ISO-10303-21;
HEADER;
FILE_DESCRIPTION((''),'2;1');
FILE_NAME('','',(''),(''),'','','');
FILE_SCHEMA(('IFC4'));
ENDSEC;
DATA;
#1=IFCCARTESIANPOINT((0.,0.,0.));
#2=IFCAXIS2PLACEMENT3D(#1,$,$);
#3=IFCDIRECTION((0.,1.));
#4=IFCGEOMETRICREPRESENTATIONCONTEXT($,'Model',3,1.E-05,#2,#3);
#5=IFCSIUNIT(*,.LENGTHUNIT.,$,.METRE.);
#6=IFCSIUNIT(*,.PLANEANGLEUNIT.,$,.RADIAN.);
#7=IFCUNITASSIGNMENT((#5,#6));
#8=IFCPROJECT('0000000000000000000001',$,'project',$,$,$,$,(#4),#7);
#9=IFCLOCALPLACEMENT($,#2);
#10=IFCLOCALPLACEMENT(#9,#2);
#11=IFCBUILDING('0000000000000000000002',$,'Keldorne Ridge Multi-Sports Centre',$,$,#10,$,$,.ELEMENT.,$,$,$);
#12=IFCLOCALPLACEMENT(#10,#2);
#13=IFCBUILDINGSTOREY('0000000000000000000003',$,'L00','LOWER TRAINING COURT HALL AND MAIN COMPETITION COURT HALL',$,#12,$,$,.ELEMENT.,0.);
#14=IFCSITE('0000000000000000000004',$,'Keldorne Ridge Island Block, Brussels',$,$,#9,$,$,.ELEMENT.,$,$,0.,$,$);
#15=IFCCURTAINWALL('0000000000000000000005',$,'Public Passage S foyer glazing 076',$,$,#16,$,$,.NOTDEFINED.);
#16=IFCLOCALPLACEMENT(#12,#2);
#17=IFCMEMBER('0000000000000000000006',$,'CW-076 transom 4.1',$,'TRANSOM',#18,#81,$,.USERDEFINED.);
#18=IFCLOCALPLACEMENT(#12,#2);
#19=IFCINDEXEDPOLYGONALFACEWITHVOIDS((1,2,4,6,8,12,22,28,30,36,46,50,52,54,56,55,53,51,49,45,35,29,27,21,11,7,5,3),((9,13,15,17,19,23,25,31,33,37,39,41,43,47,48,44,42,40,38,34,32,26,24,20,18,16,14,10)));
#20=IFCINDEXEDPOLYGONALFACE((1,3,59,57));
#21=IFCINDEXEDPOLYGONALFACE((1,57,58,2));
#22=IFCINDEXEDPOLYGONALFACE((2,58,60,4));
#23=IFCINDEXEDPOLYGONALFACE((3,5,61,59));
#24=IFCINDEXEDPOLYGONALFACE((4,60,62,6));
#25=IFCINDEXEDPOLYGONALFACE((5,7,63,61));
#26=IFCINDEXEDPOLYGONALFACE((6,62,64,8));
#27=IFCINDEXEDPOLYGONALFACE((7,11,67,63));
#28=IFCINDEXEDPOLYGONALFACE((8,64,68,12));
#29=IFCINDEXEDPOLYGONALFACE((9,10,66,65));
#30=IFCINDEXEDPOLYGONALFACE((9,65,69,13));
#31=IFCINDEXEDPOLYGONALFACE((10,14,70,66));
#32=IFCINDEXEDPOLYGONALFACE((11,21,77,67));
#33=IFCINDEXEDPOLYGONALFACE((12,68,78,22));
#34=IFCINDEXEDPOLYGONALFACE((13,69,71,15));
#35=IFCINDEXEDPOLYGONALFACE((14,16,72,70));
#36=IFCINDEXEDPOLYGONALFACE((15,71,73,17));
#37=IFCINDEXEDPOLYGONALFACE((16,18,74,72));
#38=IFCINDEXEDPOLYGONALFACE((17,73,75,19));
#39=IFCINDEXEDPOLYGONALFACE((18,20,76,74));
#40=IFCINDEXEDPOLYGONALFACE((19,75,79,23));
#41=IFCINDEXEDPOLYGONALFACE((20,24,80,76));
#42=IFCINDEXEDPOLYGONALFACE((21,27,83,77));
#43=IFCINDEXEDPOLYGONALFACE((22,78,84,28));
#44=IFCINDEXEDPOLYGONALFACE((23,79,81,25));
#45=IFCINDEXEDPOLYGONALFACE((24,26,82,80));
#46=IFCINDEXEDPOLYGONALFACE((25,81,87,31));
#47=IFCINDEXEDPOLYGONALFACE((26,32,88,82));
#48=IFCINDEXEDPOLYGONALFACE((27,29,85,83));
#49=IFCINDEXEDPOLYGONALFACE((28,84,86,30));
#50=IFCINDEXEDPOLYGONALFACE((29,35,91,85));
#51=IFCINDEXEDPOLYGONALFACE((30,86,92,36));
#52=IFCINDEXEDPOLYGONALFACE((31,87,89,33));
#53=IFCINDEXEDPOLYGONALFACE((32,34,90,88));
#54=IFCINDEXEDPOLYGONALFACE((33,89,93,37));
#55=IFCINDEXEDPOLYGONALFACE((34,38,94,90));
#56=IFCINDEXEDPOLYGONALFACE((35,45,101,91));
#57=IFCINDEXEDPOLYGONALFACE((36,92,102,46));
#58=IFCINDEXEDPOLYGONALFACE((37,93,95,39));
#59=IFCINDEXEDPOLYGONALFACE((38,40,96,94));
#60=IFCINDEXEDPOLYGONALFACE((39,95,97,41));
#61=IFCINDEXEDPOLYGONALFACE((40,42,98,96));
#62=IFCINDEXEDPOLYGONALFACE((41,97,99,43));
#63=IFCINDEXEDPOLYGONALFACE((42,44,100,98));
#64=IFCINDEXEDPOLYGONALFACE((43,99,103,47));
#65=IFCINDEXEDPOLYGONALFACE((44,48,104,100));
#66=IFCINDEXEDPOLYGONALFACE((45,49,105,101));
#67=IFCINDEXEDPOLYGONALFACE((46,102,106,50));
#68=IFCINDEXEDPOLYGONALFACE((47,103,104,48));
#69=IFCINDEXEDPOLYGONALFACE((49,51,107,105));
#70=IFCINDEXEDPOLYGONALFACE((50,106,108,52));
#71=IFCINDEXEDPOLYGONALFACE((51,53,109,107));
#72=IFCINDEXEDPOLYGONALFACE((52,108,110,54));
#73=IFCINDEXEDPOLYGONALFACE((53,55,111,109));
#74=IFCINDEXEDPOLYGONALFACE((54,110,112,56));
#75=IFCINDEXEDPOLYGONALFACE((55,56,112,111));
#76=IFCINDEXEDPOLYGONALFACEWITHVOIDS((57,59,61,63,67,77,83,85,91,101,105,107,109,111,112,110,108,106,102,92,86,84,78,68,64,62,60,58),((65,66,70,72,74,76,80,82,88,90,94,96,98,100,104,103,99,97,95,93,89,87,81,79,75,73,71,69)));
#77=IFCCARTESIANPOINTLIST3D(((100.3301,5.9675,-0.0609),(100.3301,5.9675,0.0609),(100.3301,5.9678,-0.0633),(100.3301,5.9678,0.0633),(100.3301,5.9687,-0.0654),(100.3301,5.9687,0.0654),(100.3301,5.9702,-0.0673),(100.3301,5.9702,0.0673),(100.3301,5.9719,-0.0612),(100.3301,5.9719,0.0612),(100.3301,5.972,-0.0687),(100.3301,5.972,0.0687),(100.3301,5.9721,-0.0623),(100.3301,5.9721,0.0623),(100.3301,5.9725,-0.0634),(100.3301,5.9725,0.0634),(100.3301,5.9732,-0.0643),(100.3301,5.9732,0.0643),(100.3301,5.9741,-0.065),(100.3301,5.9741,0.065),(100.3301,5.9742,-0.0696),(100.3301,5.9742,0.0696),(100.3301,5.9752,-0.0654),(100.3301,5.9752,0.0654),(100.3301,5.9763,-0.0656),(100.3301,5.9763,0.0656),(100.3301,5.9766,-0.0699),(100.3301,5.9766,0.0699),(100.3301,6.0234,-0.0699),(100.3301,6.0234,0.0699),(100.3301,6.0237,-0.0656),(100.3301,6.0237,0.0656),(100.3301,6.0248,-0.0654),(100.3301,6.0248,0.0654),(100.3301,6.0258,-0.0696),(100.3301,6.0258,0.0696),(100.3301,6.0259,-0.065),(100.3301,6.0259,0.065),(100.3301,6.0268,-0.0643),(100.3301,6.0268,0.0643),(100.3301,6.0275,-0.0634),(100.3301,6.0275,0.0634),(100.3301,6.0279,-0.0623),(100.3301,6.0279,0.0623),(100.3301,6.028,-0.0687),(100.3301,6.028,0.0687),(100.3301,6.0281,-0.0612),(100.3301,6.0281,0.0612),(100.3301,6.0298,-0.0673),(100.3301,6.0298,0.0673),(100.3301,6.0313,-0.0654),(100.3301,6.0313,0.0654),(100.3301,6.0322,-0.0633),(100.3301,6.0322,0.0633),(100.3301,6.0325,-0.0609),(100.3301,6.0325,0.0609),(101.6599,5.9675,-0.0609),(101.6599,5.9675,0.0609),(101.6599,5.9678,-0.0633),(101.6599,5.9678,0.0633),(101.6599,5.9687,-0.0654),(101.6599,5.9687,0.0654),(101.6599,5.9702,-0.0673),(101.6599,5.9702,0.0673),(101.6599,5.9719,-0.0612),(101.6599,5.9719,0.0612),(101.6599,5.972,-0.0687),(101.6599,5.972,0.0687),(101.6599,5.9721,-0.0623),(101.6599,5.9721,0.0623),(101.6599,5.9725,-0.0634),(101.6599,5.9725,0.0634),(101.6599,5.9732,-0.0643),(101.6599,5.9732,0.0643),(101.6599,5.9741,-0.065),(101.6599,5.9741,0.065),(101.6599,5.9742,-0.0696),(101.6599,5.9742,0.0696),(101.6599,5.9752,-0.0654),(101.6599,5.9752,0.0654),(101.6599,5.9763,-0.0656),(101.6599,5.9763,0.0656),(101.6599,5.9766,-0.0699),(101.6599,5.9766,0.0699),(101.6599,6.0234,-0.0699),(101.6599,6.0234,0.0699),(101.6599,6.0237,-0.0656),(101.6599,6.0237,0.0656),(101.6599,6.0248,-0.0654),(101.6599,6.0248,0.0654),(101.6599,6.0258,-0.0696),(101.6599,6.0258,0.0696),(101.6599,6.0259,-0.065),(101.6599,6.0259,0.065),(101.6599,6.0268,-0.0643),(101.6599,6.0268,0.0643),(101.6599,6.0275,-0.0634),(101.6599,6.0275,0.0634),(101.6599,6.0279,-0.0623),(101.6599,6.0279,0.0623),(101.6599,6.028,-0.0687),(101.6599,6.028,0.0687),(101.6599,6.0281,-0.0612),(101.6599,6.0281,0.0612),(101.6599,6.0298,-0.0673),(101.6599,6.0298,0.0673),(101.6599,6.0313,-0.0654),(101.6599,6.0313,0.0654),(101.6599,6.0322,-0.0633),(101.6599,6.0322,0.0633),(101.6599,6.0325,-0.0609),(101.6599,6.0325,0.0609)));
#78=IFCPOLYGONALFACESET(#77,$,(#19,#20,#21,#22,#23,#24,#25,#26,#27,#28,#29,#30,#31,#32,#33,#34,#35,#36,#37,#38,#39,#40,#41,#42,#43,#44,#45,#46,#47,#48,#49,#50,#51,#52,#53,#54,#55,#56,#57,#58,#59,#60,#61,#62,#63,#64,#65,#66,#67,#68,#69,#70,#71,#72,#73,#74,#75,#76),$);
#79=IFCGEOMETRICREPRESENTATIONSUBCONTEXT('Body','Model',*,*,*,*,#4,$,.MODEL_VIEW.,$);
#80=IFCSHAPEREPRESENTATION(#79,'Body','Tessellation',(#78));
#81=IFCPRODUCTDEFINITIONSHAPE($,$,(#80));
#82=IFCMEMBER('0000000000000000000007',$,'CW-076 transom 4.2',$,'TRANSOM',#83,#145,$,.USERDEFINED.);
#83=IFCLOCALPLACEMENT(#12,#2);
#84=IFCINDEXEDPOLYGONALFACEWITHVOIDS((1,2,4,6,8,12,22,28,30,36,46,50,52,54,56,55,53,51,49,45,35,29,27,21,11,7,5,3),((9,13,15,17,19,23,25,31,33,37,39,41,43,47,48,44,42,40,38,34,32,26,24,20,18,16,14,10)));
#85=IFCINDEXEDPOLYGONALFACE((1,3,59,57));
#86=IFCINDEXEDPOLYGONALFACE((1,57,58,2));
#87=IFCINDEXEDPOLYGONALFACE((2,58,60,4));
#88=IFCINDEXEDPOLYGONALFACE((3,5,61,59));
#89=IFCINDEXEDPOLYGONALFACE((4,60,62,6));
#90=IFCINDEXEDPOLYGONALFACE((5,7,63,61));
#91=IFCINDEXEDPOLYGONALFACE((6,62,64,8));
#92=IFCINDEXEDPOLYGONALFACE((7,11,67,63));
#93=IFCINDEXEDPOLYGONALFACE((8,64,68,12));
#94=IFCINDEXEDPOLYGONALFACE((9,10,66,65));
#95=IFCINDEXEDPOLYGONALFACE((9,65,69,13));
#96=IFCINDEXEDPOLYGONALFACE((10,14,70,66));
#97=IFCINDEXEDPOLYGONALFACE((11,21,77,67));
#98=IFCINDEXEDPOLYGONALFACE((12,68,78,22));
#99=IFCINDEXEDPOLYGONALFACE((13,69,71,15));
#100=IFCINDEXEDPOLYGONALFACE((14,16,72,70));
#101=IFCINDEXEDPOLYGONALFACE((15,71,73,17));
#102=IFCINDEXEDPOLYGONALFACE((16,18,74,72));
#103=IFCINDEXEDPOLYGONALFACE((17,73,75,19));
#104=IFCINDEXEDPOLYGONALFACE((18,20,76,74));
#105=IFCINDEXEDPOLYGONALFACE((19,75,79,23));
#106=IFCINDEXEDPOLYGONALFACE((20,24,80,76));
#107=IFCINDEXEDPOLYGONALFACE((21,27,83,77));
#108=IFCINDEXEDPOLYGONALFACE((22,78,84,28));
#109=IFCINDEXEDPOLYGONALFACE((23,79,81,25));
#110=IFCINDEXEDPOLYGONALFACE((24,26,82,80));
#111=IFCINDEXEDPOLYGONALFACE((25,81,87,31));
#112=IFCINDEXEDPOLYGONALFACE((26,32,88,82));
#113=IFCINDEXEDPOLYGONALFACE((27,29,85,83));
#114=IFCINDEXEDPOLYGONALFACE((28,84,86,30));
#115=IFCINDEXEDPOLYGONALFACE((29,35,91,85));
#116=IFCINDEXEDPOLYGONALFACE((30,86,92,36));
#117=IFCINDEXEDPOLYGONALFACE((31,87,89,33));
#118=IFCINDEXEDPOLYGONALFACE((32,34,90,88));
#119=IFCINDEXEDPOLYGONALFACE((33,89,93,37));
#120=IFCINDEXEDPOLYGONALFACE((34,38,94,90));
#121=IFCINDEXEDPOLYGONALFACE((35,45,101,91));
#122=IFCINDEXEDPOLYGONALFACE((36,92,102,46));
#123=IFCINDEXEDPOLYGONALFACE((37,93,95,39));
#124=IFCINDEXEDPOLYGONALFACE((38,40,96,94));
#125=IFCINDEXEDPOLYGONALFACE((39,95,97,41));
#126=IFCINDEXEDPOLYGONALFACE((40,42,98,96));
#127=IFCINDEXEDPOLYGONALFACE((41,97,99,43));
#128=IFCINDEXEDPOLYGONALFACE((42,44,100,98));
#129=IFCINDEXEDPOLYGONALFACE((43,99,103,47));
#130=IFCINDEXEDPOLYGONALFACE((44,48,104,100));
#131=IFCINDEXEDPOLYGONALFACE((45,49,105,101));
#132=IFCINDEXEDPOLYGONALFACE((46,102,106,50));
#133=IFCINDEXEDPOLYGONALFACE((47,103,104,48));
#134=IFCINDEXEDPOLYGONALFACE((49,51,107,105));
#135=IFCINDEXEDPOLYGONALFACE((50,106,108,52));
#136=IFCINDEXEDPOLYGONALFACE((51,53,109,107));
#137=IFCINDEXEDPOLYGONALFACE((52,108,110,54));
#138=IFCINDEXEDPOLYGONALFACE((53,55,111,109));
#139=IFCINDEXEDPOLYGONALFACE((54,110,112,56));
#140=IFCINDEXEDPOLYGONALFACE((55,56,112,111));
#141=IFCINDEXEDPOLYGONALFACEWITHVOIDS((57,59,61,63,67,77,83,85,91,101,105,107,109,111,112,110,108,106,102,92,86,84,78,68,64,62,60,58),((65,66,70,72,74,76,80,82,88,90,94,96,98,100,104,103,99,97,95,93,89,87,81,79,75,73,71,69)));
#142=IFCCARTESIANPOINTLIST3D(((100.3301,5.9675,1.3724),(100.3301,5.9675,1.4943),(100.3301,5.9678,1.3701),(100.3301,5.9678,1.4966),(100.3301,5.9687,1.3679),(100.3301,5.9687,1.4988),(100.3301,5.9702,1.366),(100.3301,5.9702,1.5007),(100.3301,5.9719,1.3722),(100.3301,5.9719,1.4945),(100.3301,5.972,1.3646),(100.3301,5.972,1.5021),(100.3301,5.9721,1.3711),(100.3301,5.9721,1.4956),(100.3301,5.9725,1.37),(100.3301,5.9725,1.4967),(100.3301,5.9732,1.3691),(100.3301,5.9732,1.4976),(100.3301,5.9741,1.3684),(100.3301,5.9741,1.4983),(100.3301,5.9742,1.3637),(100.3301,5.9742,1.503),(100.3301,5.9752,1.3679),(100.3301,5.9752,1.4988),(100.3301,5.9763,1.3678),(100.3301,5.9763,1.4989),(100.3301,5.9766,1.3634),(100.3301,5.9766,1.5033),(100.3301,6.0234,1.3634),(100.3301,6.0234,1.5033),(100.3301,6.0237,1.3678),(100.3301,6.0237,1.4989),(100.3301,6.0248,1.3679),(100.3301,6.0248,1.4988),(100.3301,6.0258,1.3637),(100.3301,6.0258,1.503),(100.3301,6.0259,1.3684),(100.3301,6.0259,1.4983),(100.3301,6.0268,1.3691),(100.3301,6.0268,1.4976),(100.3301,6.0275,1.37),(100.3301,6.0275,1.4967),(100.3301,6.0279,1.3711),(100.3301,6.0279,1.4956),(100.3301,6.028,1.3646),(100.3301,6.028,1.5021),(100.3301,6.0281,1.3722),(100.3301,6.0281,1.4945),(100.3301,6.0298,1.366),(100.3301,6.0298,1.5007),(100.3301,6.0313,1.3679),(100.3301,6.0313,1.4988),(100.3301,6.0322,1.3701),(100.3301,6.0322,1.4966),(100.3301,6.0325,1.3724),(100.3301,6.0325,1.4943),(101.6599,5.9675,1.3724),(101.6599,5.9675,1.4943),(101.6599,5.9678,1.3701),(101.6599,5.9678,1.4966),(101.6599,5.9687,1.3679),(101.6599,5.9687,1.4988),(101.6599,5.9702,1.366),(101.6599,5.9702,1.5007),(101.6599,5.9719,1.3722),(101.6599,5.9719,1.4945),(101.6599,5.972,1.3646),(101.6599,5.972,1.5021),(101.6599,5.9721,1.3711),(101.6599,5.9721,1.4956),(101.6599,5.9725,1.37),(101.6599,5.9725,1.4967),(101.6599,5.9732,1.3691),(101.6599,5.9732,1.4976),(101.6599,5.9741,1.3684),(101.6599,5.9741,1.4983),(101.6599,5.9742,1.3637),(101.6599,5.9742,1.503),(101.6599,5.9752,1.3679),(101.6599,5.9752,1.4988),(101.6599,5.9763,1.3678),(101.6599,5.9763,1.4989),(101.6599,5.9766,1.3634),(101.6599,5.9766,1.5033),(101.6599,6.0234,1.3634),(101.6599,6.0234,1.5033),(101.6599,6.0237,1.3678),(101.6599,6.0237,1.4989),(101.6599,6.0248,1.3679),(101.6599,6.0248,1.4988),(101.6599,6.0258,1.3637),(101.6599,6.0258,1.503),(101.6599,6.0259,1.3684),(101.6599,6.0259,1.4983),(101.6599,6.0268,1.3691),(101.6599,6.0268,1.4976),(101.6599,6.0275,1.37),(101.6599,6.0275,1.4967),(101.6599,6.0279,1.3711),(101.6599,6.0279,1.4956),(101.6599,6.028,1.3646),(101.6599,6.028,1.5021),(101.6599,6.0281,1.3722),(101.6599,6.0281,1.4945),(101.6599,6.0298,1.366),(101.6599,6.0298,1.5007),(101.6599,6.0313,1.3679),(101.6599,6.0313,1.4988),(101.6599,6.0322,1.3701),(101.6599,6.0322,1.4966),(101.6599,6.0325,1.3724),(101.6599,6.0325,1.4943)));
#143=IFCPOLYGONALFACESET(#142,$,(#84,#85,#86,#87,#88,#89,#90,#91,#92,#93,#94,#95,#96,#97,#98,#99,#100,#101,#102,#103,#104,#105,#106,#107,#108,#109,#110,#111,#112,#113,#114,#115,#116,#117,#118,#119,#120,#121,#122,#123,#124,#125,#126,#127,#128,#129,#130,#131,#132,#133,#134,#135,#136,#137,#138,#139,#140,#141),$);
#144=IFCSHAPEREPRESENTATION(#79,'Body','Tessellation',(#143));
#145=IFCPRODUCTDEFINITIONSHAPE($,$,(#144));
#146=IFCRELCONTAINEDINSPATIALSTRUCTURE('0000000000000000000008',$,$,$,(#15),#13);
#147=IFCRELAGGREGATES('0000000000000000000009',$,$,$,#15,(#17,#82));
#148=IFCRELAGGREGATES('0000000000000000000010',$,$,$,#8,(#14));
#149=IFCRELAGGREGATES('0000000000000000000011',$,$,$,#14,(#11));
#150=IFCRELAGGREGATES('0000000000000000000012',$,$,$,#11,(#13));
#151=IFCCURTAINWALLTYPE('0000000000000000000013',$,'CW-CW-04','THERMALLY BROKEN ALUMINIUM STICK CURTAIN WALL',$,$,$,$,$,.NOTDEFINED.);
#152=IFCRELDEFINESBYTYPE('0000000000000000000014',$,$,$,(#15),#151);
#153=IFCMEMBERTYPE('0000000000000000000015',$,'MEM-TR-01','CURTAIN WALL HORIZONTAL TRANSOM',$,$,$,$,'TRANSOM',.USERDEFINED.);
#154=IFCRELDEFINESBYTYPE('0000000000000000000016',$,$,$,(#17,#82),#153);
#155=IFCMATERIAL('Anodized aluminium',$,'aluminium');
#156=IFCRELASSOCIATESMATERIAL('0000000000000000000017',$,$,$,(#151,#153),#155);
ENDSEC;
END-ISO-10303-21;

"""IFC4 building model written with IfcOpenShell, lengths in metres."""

from ifc_helpers import new_model, si_unit, direction, frame, origin, origin_2d, place, context, subcontext, project, spatial, hollow_rectangle, extrude, material, material_profile, profile_set, type_object, element, aggregate, save


model = new_model("IFC4")

# Units and contexts
model_context = context("Model", 3, precision=1e-05, world=origin(), true_north=direction((0.0, 1.0)))
body_context = subcontext(model_context, "Body", "Model", "MODEL_VIEW")
ifc_project = project(units=[si_unit("LENGTHUNIT", "METRE"), si_unit("PLANEANGLEUNIT", "RADIAN")], contexts=[model_context])

# Site, building, storey
site_placement = place(None, origin())
site = spatial("IfcSite", under=ifc_project, at=site_placement, Name="Keldorne Ridge Island Block, Brussels", CompositionType="ELEMENT", RefElevation=0.0)
building_placement = place(site_placement, origin())
building = spatial("IfcBuilding", under=site, at=building_placement, Name="Keldorne Ridge Multi-Sports Centre", CompositionType="ELEMENT")
storey_placement = place(building_placement, origin())
storey = spatial("IfcBuildingStorey", under=building, at=storey_placement, Name="L00", Description="LOWER TRAINING COURT HALL AND MAIN COMPETITION COURT HALL", CompositionType="ELEMENT", Elevation=0.0)

# Curtain wall, members
ifc_material_1 = material(Name="Anodized aluminium", Category="aluminium")
curtain_wall_type = type_object("IfcCurtainWallType", Name="CW-CW-04", Description="THERMALLY BROKEN ALUMINIUM STICK CURTAIN WALL", PredefinedType="NOTDEFINED", material=ifc_material_1)
curtain_wall_placement = place(storey_placement, origin())
curtain_wall = element("IfcCurtainWall", 1, at=curtain_wall_placement, inside=storey, type_object=curtain_wall_type, Name="Public Passage S foyer glazing 076", PredefinedType="NOTDEFINED")
ifc_material_profile_1 = material_profile(ifc_material_1, hollow_rectangle(XDim=0.0649, YDim=0.1399, WallThickness=0.0044, InnerFilletRadius=0.0044, OuterFilletRadius=0.009, at=origin_2d()), Name="ALU TRANSOM 140x65x4.5")
ifc_profile_set_1 = profile_set([ifc_material_profile_1], Name="Anodized aluminium")
member_type_1 = type_object("IfcMemberType", Name="MEM-TR-01", Description="CURTAIN WALL HORIZONTAL TRANSOM", ElementType="TRANSOM", PredefinedType="USERDEFINED", material=ifc_profile_set_1)
member_1_placement = place(storey_placement, frame((100.3301, 6.0, 0.0), z_axis=(1.0, 0.0, 0.0), x_axis=(0.0, 1.0, 0.0)))
member_1 = element("IfcMember", 2, at=member_1_placement, type_object=member_type_1, Name="CW-076 transom 4.1", ObjectType="TRANSOM", PredefinedType="USERDEFINED", context=body_context, shape_type="SweptSolid", body=[
    extrude(hollow_rectangle(XDim=0.0649, YDim=0.1399, WallThickness=0.0044, InnerFilletRadius=0.0044, OuterFilletRadius=0.009, at=origin_2d()), origin(), (0.0, 0.0, 1.0), 1.3298),
])
member_2_placement = place(storey_placement, frame((100.3301, 6.0, 1.4333), z_axis=(1.0, 0.0, 0.0), x_axis=(0.0, 1.0, 0.0)))
member_2 = element("IfcMember", 3, at=member_2_placement, type_object=member_type_1, Name="CW-076 transom 4.2", ObjectType="TRANSOM", PredefinedType="USERDEFINED", context=body_context, shape_type="SweptSolid", body=[
    extrude(hollow_rectangle(XDim=0.0649, YDim=0.1399, WallThickness=0.0044, InnerFilletRadius=0.0044, OuterFilletRadius=0.009, at=origin_2d()), origin(), (0.0, 0.0, 1.0), 1.3298),
])
aggregate(curtain_wall, [member_1, member_2])

save(model, "model.ifc")
